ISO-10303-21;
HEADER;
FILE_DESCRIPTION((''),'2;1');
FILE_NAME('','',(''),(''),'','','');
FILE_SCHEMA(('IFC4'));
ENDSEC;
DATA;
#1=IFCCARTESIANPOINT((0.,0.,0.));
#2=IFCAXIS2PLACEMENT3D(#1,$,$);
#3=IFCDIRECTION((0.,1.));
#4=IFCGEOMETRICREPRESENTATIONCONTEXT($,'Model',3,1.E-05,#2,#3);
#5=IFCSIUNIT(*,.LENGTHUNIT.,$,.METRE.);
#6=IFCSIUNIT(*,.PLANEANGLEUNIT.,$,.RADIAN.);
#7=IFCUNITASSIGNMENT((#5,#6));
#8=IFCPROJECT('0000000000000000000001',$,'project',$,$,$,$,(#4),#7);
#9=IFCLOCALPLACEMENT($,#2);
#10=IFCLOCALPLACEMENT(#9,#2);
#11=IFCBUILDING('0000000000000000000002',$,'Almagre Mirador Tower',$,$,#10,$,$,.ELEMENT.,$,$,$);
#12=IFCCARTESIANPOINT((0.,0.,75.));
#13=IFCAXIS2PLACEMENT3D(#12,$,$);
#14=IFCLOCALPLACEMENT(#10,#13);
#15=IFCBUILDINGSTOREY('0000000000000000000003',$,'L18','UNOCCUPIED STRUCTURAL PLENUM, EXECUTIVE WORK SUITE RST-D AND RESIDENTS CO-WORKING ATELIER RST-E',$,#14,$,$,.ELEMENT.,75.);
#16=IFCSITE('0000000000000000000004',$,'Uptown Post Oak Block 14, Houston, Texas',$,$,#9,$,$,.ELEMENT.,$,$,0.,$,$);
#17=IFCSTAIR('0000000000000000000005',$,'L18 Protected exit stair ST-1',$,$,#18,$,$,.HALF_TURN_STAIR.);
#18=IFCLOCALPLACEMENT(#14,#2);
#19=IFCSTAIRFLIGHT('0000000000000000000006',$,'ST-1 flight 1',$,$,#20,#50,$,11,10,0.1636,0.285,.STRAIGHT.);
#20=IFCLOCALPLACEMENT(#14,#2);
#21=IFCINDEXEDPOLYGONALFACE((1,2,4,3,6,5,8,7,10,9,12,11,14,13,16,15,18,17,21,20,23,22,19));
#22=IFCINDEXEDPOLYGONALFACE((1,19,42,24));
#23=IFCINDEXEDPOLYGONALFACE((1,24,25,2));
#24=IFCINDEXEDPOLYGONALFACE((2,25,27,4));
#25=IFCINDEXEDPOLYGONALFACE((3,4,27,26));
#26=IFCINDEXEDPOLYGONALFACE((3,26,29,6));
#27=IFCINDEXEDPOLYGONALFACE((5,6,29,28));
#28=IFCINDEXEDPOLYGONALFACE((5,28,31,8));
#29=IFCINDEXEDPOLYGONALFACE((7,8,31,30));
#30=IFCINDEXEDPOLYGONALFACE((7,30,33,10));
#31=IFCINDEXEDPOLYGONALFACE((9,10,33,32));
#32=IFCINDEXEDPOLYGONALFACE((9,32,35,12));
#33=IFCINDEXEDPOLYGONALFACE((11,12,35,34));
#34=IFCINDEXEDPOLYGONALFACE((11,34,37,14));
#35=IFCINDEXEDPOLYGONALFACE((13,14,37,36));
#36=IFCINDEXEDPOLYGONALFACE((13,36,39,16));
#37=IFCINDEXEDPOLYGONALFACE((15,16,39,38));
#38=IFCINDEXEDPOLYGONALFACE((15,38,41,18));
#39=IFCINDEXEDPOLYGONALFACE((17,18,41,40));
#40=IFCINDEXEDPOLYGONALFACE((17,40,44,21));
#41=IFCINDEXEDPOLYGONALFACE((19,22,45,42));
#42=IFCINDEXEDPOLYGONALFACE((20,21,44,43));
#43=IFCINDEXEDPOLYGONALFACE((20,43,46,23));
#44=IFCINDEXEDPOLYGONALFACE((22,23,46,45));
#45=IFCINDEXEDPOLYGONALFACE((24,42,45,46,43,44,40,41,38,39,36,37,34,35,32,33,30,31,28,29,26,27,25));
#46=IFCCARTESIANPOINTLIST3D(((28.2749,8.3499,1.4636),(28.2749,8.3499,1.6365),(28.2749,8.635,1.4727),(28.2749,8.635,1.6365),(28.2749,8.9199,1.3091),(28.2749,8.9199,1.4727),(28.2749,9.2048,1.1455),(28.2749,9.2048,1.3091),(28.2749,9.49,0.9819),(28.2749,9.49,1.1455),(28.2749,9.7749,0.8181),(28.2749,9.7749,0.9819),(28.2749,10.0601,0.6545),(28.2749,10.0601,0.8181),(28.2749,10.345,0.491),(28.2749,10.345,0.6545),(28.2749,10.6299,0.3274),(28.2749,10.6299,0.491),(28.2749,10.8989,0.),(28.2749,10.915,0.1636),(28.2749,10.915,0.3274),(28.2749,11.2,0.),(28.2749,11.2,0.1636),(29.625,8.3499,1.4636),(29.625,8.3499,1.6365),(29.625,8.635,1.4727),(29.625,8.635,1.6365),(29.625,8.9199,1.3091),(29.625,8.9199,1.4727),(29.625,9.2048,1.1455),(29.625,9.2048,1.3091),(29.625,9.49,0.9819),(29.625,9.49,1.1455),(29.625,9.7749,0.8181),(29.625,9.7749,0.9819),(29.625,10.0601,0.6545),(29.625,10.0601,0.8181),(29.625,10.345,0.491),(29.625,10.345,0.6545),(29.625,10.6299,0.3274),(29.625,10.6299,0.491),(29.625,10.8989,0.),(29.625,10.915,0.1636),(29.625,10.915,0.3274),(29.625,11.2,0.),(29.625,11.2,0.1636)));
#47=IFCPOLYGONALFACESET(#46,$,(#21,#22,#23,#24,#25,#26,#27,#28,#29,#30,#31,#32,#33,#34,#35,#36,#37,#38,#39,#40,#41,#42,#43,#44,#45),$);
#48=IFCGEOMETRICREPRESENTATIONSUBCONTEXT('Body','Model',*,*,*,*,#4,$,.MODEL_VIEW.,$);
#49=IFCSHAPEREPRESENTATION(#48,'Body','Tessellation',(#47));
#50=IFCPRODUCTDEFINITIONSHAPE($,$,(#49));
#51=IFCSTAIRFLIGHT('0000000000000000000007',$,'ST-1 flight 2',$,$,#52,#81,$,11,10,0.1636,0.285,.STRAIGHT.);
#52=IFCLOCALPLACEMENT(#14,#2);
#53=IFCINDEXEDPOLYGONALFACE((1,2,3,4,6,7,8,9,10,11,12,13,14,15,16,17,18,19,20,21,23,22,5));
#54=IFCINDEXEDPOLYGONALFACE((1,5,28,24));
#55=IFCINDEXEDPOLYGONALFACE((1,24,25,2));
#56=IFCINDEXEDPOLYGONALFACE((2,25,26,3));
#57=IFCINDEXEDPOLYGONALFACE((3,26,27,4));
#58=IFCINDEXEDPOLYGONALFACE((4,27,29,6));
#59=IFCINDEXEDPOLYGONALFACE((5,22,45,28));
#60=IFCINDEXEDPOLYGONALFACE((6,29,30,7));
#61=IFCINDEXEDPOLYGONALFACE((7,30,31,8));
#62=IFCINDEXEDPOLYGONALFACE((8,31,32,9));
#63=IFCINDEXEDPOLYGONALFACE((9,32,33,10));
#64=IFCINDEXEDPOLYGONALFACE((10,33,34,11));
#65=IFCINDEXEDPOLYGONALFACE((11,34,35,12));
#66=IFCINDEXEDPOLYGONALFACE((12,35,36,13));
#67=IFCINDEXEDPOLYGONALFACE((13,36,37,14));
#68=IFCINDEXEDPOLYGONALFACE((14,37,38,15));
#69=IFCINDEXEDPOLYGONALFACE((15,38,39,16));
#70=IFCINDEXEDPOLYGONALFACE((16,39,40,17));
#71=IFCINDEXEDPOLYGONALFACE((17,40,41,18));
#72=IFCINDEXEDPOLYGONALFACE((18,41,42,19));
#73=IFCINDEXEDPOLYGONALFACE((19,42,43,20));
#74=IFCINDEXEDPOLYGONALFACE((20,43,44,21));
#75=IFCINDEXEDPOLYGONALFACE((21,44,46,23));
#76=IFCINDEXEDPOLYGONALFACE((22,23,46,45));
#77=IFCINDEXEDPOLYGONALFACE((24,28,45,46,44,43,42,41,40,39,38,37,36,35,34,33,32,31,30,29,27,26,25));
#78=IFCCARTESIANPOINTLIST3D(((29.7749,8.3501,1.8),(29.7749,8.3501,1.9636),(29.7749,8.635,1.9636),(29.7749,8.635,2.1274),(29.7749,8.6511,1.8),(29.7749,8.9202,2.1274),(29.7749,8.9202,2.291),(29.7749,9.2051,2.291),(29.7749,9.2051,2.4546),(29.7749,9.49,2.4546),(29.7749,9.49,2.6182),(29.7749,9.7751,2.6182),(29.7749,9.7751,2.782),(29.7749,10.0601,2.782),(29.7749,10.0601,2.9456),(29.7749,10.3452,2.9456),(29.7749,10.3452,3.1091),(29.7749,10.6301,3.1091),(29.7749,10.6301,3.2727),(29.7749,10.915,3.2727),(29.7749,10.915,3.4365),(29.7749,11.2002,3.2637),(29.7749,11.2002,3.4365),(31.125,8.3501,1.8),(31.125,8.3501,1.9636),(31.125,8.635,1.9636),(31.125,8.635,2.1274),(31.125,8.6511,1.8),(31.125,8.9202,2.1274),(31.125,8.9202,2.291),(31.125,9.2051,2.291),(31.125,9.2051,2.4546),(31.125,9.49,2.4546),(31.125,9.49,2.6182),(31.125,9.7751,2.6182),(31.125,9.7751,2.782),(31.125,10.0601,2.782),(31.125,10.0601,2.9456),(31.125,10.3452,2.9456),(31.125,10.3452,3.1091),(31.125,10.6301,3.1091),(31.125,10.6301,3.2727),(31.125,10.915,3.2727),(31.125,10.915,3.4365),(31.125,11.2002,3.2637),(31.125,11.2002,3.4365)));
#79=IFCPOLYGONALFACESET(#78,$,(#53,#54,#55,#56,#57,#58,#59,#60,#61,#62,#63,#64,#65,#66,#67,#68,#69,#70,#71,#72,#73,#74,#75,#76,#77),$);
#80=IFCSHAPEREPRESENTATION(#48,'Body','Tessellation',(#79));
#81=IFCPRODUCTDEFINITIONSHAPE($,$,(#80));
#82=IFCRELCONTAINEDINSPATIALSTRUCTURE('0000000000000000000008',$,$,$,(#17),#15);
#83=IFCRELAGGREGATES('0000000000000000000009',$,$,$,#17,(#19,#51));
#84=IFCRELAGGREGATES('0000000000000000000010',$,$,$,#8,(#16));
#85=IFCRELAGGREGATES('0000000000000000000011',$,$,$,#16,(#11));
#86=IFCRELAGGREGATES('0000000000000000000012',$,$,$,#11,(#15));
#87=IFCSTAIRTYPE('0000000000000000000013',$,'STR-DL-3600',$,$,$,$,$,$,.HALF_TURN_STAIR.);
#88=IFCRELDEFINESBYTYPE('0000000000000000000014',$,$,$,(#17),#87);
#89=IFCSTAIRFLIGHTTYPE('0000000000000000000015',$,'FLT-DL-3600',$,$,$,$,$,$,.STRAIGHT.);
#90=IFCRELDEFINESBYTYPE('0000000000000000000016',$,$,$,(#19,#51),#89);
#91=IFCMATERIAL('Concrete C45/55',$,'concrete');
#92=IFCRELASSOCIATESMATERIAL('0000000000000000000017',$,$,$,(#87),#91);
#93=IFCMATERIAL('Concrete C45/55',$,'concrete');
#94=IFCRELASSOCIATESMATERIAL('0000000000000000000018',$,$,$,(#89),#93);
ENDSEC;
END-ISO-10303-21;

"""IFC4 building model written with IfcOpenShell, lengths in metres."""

from ifc_helpers import new_model, si_unit, direction, frame, origin, place, context, subcontext, project, spatial, polyline, outline, extrude, material, type_object, element, aggregate, save


model = new_model("IFC4")

# Units and contexts
model_context = context("Model", 3, precision=1e-05, world=origin(), true_north=direction((0.0, 1.0)))
body_context = subcontext(model_context, "Body", "Model", "MODEL_VIEW")
ifc_project = project(units=[si_unit("LENGTHUNIT", "METRE"), si_unit("PLANEANGLEUNIT", "RADIAN")], contexts=[model_context])

# Site, building, storey
site_placement = place(None, origin())
site = spatial("IfcSite", under=ifc_project, at=site_placement, Name="Uptown Post Oak Block 14, Houston, Texas", CompositionType="ELEMENT", RefElevation=0.0)
building_placement = place(site_placement, origin())
building = spatial("IfcBuilding", under=site, at=building_placement, Name="Almagre Mirador Tower", CompositionType="ELEMENT")
storey_placement = place(building_placement, frame((0.0, 0.0, 75.0)))
storey = spatial("IfcBuildingStorey", under=building, at=storey_placement, Name="L18", Description="UNOCCUPIED STRUCTURAL PLENUM, EXECUTIVE WORK SUITE RST-D AND RESIDENTS CO-WORKING ATELIER RST-E", CompositionType="ELEMENT", Elevation=75.0)

# Stair, stair flights
ifc_material_1 = material(Name="Concrete C45/55", Category="concrete")
stair_type = type_object("IfcStairType", Name="STR-DL-3600", PredefinedType="HALF_TURN_STAIR", material=ifc_material_1)
stair_placement = place(storey_placement, origin())
stair = element("IfcStair", 1, at=stair_placement, inside=storey, type_object=stair_type, Name="L18 Protected exit stair ST-1", PredefinedType="HALF_TURN_STAIR")
ifc_material_2 = material(Name="Concrete C45/55", Category="concrete")
stair_flight_type = type_object("IfcStairFlightType", Name="FLT-DL-3600", PredefinedType="STRAIGHT", material=ifc_material_2)
stair_flight_1_placement = place(storey_placement, frame((28.95, 11.2, 0.0), z_axis=(0.0, 0.0, 1.0), x_axis=(0.0, -1.0, 0.0)))
stair_flight_1 = element("IfcStairFlight", 2, at=stair_flight_1_placement, type_object=stair_flight_type, Name="ST-1 flight 1", NumberOfRisers=11, NumberOfTreads=10, PredefinedType="STRAIGHT", RiserHeight=0.1636, TreadLength=0.285, context=body_context, shape_type="SweptSolid", body=[
    extrude(outline(polyline([(0.0, 0.0), (0.0, 0.1636), (0.2849, 0.1636), (0.2849, 0.3274), (0.5701, 0.3274), (0.5701, 0.491), (0.855, 0.491), (0.855, 0.6545), (1.1399, 0.6545), (1.1399, 0.8181), (1.425, 0.8181), (1.425, 0.9819), (1.71, 0.9819), (1.71, 1.1455), (1.9951, 1.1455), (1.9951, 1.3091), (2.28, 1.3091), (2.28, 1.4727), (2.5649, 1.4727), (2.5649, 1.6365), (2.8501, 1.6365), (2.8501, 1.8), (2.8501, 1.4636), (0.301, 0.0), (0.0, 0.0)])), frame((0.0, 0.675, 0.0), z_axis=(0.0, -1.0, 0.0), x_axis=(1.0, 0.0, 0.0)), (0.0, 0.0, 1.0), 1.3501),
])
stair_flight_2_placement = place(storey_placement, frame((30.45, 8.3501, 1.8), z_axis=(0.0, 0.0, 1.0), x_axis=(0.0, 1.0, 0.0)))
stair_flight_2 = element("IfcStairFlight", 3, at=stair_flight_2_placement, type_object=stair_flight_type, Name="ST-1 flight 2", NumberOfRisers=11, NumberOfTreads=10, PredefinedType="STRAIGHT", RiserHeight=0.1636, TreadLength=0.285, context=body_context, shape_type="SweptSolid", body=[
    extrude(outline(polyline([(0.0, 0.0), (0.0, 0.1636), (0.2849, 0.1636), (0.2849, 0.3274), (0.5701, 0.3274), (0.5701, 0.491), (0.855, 0.491), (0.855, 0.6545), (1.1399, 0.6545), (1.1399, 0.8181), (1.425, 0.8181), (1.425, 0.9819), (1.71, 0.9819), (1.71, 1.1455), (1.9951, 1.1455), (1.9951, 1.3091), (2.28, 1.3091), (2.28, 1.4727), (2.5649, 1.4727), (2.5649, 1.6365), (2.8501, 1.6365), (2.8501, 1.8), (2.8501, 1.4636), (0.301, 0.0), (0.0, 0.0)])), frame((0.0, 0.675, 0.0), z_axis=(0.0, -1.0, 0.0), x_axis=(1.0, 0.0, 0.0)), (0.0, 0.0, 1.0), 1.3501),
])
aggregate(stair, [stair_flight_1, stair_flight_2])

save(model, "model.ifc")
